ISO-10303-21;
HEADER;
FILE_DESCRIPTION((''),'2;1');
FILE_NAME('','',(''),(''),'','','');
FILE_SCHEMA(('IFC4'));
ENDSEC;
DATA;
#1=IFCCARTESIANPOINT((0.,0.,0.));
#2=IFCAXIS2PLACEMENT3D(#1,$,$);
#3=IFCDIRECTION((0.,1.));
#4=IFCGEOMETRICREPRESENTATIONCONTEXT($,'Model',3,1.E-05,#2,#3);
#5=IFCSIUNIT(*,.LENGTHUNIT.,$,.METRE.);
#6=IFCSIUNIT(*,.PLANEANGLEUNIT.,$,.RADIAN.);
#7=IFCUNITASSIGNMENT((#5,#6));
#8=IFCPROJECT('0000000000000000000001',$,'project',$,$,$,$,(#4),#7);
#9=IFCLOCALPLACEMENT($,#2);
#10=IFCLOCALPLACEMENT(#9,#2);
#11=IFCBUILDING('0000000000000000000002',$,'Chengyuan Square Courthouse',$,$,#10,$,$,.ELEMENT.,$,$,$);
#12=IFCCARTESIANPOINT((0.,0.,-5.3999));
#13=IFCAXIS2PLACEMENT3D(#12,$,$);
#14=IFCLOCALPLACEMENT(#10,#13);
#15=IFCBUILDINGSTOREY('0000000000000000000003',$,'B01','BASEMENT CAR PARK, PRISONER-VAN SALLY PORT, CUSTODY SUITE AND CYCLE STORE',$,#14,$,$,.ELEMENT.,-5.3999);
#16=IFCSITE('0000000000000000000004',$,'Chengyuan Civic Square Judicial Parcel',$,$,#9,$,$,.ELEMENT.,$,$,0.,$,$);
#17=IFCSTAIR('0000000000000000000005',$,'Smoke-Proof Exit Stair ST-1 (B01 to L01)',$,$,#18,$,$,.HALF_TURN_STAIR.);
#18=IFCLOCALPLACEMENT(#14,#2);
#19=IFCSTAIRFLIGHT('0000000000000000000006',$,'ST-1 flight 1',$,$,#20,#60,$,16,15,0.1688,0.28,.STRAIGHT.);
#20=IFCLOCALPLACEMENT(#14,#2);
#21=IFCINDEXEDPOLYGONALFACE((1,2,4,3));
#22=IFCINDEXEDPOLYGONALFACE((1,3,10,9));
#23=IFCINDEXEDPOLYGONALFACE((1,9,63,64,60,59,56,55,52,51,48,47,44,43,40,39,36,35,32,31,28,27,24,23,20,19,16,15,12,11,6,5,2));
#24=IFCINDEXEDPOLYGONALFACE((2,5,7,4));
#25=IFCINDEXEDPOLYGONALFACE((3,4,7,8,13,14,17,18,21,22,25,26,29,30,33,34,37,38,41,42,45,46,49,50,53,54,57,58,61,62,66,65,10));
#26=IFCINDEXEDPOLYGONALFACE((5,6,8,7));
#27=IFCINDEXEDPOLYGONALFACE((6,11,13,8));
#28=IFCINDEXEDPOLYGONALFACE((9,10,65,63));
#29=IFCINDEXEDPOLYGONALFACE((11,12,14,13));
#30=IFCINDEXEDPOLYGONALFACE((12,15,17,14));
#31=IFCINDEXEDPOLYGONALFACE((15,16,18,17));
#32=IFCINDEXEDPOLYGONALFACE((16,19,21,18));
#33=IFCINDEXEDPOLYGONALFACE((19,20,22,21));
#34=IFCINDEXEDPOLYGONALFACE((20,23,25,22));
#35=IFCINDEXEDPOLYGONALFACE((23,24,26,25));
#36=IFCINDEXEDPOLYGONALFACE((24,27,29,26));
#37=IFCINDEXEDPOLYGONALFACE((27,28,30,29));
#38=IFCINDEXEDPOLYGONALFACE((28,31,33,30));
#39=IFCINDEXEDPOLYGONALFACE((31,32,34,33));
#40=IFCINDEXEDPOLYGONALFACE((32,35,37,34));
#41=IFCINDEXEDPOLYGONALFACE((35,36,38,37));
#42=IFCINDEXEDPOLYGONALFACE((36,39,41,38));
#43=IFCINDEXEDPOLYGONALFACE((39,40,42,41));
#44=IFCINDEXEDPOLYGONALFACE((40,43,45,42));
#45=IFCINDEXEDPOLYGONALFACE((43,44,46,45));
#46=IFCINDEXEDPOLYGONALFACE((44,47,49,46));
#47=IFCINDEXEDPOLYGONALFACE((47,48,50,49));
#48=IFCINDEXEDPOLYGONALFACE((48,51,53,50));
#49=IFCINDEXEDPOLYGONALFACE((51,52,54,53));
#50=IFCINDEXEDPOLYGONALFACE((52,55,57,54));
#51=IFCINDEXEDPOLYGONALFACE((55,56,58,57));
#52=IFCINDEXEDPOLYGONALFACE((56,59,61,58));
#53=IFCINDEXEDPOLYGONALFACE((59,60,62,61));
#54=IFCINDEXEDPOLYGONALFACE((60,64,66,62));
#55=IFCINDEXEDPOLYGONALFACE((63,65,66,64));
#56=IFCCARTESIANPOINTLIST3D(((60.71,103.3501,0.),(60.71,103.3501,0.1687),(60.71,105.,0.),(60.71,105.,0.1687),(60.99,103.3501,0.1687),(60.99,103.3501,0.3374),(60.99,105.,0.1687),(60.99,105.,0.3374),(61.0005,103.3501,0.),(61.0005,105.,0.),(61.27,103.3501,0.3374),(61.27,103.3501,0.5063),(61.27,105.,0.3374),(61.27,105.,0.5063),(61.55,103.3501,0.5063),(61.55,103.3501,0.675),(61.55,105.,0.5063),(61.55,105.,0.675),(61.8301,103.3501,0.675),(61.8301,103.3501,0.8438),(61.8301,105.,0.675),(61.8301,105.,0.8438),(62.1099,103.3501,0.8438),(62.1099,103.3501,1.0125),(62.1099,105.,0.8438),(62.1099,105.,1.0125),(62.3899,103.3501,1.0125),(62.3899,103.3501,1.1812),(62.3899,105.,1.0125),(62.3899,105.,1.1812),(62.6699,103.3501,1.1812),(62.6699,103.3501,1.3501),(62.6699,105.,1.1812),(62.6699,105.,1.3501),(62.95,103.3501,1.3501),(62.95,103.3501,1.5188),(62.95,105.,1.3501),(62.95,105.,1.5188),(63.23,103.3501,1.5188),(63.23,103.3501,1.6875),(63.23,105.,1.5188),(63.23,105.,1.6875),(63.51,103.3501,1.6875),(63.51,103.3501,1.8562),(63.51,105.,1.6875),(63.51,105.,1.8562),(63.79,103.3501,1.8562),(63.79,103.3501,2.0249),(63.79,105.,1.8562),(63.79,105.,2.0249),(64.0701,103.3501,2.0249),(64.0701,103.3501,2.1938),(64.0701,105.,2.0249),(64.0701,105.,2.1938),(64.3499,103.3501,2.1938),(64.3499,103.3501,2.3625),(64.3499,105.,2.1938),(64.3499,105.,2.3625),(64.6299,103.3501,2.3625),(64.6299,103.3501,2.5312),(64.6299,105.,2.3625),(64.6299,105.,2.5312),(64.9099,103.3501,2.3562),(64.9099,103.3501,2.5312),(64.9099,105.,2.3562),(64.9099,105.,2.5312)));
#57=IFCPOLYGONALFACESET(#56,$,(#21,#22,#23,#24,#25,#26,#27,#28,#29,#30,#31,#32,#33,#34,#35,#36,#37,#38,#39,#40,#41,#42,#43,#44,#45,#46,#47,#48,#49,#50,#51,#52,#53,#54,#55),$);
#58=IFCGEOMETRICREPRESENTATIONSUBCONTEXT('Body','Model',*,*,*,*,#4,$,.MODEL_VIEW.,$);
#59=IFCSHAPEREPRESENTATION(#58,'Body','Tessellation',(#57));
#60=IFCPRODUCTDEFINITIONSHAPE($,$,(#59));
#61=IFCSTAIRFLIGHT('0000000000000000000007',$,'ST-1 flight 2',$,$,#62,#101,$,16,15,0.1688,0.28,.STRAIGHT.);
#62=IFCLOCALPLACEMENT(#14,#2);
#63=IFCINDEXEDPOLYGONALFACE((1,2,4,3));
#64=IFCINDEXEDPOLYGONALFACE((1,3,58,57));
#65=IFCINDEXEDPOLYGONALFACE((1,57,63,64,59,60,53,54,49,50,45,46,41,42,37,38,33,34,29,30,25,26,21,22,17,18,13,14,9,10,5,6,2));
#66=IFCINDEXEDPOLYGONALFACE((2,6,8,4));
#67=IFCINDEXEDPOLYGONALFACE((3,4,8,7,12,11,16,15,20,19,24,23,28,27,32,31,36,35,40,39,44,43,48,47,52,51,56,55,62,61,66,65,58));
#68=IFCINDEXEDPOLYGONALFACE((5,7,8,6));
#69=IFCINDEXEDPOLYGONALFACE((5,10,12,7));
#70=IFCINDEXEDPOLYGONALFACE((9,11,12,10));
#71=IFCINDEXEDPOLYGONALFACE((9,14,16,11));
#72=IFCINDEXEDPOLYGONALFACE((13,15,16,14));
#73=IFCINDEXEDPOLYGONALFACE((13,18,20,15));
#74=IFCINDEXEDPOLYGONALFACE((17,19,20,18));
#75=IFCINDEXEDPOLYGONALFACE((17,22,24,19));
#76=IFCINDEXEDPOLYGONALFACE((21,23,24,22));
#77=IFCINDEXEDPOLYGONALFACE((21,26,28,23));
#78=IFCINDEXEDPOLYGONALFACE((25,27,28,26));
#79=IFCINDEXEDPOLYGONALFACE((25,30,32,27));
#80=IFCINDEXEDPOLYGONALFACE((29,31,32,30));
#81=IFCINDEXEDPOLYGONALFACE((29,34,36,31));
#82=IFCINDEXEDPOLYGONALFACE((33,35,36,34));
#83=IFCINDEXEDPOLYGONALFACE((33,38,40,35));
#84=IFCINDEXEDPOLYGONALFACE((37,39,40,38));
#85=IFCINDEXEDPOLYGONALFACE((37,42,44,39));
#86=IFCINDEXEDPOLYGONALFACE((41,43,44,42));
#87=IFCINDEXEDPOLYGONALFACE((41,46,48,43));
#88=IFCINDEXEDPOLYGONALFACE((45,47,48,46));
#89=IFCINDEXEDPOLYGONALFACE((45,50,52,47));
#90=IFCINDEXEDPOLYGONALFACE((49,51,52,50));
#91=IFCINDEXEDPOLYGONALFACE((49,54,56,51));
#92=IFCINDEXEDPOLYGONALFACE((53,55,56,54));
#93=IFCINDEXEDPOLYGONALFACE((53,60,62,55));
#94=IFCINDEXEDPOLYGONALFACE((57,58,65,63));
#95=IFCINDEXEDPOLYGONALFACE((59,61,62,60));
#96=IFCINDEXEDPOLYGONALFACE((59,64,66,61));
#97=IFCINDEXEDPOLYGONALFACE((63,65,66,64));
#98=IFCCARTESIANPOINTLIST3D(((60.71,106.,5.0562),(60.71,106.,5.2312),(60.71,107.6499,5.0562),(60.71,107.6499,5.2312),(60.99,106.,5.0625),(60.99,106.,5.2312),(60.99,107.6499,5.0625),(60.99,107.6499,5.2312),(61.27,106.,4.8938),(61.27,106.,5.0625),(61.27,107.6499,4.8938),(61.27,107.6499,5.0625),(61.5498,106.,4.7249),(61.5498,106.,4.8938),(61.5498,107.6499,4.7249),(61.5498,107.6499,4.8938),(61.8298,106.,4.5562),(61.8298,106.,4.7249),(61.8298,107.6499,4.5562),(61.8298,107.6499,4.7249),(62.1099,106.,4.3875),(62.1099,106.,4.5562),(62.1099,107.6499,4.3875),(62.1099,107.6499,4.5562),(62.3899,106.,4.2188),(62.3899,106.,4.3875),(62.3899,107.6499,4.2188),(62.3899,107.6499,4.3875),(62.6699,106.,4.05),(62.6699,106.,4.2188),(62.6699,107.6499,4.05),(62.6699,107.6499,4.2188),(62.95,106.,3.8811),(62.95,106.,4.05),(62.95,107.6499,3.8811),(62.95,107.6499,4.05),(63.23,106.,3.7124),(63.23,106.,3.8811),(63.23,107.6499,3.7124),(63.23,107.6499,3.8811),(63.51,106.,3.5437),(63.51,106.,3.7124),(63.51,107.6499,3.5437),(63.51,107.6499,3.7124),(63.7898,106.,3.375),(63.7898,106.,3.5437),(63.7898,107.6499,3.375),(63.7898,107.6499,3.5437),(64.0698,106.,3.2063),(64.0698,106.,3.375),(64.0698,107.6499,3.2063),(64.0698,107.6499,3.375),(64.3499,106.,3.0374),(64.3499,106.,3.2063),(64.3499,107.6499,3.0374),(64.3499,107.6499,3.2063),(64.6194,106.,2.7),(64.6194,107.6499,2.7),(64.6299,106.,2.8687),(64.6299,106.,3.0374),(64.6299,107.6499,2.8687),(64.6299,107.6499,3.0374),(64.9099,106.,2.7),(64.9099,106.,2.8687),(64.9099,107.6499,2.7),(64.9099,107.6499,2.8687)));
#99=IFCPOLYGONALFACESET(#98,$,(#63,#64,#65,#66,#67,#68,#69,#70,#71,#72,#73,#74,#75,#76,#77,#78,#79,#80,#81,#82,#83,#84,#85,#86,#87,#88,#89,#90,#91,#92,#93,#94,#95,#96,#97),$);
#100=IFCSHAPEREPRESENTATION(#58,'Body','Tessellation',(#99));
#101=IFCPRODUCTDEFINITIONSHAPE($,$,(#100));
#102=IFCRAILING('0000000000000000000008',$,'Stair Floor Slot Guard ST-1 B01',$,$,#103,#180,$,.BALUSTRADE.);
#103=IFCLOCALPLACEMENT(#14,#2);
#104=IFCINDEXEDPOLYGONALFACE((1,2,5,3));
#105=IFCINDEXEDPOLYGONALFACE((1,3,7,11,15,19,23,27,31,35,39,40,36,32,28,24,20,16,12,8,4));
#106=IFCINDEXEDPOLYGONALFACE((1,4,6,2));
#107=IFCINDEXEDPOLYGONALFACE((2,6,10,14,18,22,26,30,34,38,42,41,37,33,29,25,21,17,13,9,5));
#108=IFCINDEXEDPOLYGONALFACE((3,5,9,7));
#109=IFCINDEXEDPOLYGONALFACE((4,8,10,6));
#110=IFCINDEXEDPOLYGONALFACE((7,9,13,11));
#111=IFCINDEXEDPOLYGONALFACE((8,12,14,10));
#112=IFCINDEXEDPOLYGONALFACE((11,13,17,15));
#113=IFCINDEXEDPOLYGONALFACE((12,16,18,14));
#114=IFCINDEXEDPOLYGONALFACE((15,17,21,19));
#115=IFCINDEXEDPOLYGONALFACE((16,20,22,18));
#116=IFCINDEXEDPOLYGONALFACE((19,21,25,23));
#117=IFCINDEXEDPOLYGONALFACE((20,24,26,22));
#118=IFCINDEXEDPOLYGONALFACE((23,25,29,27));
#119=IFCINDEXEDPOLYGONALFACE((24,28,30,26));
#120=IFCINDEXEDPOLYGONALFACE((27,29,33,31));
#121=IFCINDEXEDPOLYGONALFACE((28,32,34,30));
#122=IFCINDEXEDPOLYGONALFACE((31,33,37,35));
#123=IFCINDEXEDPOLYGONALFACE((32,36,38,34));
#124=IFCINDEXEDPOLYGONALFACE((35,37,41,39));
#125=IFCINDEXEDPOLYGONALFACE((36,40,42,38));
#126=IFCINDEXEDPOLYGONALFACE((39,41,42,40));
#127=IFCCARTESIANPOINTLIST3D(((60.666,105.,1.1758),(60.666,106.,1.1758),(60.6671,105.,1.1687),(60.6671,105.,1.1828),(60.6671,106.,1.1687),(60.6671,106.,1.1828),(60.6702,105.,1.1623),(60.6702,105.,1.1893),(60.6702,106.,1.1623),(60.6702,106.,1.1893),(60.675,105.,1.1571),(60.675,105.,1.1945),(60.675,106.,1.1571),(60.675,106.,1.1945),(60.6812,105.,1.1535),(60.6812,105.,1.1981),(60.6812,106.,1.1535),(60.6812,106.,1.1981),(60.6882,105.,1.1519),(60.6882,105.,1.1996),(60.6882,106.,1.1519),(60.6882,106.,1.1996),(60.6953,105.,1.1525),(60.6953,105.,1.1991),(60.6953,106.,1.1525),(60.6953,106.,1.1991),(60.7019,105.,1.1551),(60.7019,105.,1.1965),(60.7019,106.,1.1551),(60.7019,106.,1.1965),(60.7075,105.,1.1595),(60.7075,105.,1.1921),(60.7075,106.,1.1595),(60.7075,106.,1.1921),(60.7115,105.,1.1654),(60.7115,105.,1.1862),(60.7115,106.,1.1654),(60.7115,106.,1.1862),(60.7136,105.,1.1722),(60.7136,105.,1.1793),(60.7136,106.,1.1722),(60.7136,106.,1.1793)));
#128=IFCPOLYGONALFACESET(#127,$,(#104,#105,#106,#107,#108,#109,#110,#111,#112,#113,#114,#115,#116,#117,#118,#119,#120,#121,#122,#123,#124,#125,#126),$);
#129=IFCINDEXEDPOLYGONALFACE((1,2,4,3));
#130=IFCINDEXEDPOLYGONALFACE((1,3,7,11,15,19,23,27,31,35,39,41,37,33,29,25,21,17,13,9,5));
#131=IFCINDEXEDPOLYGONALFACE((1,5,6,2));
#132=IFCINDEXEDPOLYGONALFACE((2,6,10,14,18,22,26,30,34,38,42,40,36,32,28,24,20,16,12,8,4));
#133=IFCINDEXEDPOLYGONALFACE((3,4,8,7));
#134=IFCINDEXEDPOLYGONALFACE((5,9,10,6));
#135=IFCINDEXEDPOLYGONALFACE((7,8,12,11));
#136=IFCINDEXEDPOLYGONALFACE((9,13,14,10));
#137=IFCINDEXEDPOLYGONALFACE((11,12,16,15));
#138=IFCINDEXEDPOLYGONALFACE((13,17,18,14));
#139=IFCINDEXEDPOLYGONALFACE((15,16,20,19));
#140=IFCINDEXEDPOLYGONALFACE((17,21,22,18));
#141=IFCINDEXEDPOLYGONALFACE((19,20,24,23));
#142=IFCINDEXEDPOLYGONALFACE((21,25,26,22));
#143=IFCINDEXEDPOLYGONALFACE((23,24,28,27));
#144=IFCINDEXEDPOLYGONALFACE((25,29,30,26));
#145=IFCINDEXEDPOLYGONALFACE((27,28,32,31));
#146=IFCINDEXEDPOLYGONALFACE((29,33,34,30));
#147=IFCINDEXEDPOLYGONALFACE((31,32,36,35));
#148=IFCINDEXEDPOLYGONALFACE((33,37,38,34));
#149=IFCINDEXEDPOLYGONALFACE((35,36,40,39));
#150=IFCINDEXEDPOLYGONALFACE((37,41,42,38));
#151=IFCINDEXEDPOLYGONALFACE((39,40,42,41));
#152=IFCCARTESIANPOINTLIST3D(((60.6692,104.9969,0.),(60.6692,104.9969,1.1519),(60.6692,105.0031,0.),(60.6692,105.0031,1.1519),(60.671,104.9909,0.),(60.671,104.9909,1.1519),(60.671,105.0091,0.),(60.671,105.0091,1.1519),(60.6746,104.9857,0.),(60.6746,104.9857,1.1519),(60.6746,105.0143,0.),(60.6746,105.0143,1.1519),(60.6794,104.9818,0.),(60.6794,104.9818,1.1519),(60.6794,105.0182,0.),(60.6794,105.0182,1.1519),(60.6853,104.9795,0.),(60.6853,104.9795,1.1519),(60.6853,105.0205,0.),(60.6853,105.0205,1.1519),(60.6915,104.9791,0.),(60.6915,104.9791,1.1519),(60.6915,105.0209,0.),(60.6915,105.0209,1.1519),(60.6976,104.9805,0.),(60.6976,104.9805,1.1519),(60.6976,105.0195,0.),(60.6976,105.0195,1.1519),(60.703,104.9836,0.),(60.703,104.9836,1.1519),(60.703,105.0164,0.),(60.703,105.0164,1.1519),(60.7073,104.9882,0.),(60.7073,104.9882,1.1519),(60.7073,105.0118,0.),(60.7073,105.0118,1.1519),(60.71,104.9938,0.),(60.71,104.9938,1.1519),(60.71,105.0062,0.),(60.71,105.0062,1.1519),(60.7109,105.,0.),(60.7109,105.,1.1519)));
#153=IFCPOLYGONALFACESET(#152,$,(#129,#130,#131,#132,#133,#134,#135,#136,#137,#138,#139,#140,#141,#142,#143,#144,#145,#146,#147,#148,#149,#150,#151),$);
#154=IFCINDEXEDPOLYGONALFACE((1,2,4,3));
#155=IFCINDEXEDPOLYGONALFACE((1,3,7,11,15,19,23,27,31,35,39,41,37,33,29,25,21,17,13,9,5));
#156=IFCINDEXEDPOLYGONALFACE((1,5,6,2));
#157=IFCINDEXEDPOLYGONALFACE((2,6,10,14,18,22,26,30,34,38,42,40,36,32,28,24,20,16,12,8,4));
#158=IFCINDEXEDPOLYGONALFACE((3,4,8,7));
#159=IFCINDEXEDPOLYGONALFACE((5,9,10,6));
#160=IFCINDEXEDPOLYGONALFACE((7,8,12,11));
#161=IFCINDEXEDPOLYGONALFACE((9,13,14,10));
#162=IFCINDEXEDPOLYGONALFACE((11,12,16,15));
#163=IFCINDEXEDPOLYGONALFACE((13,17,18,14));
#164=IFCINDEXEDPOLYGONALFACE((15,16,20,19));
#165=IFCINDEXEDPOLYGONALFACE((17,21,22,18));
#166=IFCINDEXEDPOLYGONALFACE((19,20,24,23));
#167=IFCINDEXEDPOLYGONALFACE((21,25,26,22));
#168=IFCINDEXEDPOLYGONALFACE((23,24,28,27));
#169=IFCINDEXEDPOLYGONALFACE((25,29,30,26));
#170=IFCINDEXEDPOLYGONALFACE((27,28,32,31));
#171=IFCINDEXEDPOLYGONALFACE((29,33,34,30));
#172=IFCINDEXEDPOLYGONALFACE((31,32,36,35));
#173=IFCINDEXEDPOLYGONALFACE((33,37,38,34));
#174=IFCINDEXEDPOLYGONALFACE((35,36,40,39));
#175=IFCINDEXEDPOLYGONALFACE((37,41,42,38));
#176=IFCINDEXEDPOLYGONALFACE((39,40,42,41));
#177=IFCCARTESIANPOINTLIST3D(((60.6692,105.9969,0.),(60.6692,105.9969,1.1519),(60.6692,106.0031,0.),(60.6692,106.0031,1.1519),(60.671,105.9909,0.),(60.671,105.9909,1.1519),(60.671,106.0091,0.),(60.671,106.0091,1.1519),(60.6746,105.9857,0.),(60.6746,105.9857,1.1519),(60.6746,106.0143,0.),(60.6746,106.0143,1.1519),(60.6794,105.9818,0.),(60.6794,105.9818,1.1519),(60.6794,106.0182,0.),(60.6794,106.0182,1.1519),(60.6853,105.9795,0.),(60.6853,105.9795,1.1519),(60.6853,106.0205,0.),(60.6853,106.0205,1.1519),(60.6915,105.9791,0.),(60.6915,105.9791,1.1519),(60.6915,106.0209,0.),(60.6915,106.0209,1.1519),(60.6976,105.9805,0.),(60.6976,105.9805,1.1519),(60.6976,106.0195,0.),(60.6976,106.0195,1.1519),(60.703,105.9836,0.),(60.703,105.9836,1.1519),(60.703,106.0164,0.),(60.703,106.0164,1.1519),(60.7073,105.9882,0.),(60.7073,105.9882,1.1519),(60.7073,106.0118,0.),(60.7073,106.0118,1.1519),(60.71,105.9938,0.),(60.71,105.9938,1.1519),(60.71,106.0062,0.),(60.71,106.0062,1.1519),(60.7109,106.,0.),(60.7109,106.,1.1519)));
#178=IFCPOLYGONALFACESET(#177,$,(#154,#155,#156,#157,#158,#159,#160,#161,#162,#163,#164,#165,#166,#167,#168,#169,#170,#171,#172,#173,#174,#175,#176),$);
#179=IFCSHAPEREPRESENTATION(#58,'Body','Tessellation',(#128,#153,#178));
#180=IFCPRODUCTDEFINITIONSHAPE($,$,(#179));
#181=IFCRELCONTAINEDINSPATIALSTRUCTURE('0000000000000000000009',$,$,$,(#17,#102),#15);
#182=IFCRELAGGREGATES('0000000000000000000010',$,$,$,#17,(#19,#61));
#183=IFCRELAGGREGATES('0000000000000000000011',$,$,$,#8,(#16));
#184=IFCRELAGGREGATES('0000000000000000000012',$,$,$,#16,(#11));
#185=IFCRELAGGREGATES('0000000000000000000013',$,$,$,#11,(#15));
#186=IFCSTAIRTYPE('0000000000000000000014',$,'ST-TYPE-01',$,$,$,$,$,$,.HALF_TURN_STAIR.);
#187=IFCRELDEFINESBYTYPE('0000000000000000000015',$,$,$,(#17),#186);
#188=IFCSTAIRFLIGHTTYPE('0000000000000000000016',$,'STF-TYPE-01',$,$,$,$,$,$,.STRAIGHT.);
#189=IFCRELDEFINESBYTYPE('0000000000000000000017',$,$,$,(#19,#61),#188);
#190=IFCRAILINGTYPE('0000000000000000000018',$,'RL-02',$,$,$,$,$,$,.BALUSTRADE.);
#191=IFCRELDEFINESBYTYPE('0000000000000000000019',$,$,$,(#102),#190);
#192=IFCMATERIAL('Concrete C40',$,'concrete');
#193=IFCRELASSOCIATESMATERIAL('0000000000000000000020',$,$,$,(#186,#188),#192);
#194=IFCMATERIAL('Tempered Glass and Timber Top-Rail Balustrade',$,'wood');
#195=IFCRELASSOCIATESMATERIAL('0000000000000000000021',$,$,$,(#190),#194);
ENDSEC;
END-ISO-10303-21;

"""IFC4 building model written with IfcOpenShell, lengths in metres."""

from ifc_helpers import new_model, si_unit, direction, frame, origin, origin_2d, place, context, subcontext, project, spatial, polyline, circle, outline, extrude, material, type_object, element, aggregate, save


model = new_model("IFC4")

# Units and contexts
model_context = context("Model", 3, precision=1e-05, world=origin(), true_north=direction((0.0, 1.0)))
body_context = subcontext(model_context, "Body", "Model", "MODEL_VIEW")
ifc_project = project(units=[si_unit("LENGTHUNIT", "METRE"), si_unit("PLANEANGLEUNIT", "RADIAN")], contexts=[model_context])

# Site, building, storey
site_placement = place(None, origin())
site = spatial("IfcSite", under=ifc_project, at=site_placement, Name="Chengyuan Civic Square Judicial Parcel", CompositionType="ELEMENT", RefElevation=0.0)
building_placement = place(site_placement, origin())
building = spatial("IfcBuilding", under=site, at=building_placement, Name="Chengyuan Square Courthouse", CompositionType="ELEMENT")
storey_placement = place(building_placement, frame((0.0, 0.0, -5.3999)))
storey = spatial("IfcBuildingStorey", under=building, at=storey_placement, Name="B01", Description="BASEMENT CAR PARK, PRISONER-VAN SALLY PORT, CUSTODY SUITE AND CYCLE STORE", CompositionType="ELEMENT", Elevation=-5.3999)

# Shared definitions
ifc_material_1 = material(Name="Concrete C40", Category="concrete")

# Stair, stair flights
stair_type = type_object("IfcStairType", Name="ST-TYPE-01", PredefinedType="HALF_TURN_STAIR", material=ifc_material_1)
stair_placement = place(storey_placement, origin())
stair = element("IfcStair", 1, at=stair_placement, inside=storey, type_object=stair_type, Name="Smoke-Proof Exit Stair ST-1 (B01 to L01)", PredefinedType="HALF_TURN_STAIR")
stair_flight_type = type_object("IfcStairFlightType", Name="STF-TYPE-01", PredefinedType="STRAIGHT", material=ifc_material_1)
stair_flight_1_placement = place(storey_placement, frame((60.71, 104.175, 0.0), z_axis=(0.0, 0.0, 1.0), x_axis=(1.0, 0.0, 0.0)))
stair_flight_1 = element("IfcStairFlight", 2, at=stair_flight_1_placement, type_object=stair_flight_type, Name="ST-1 flight 1", NumberOfRisers=16, NumberOfTreads=15, PredefinedType="STRAIGHT", RiserHeight=0.1688, TreadLength=0.28, context=body_context, shape_type="SweptSolid", body=[
    extrude(outline(polyline([(0.0, 0.0), (0.0, 0.1687), (0.28, 0.1687), (0.28, 0.3374), (0.5601, 0.3374), (0.5601, 0.5063), (0.8401, 0.5063), (0.8401, 0.675), (1.1201, 0.675), (1.1201, 0.8438), (1.3999, 0.8438), (1.3999, 1.0125), (1.6799, 1.0125), (1.6799, 1.1812), (1.96, 1.1812), (1.96, 1.3501), (2.24, 1.3501), (2.24, 1.5188), (2.52, 1.5188), (2.52, 1.6875), (2.8, 1.6875), (2.8, 1.8562), (3.0801, 1.8562), (3.0801, 2.0249), (3.3601, 2.0249), (3.3601, 2.1938), (3.6399, 2.1938), (3.6399, 2.3625), (3.9199, 2.3625), (3.9199, 2.5312), (4.2, 2.5312), (4.2, 2.7), (4.2, 2.3562), (0.2905, 0.0), (0.0, 0.0)])), frame((0.0, 0.825, 0.0), z_axis=(0.0, -1.0, 0.0), x_axis=(1.0, 0.0, 0.0)), (0.0, 0.0, 1.0), 1.6499),
])
stair_flight_2_placement = place(storey_placement, frame((64.9099, 106.825, 2.7), z_axis=(0.0, 0.0, 1.0), x_axis=(-1.0, 0.0, 0.0)))
stair_flight_2 = element("IfcStairFlight", 3, at=stair_flight_2_placement, type_object=stair_flight_type, Name="ST-1 flight 2", NumberOfRisers=16, NumberOfTreads=15, PredefinedType="STRAIGHT", RiserHeight=0.1688, TreadLength=0.28, context=body_context, shape_type="SweptSolid", body=[
    extrude(outline(polyline([(0.0, 0.0), (0.0, 0.1687), (0.28, 0.1687), (0.28, 0.3374), (0.5601, 0.3374), (0.5601, 0.5063), (0.8401, 0.5063), (0.8401, 0.675), (1.1201, 0.675), (1.1201, 0.8438), (1.3999, 0.8438), (1.3999, 1.0125), (1.6799, 1.0125), (1.6799, 1.1812), (1.96, 1.1812), (1.96, 1.3501), (2.24, 1.3501), (2.24, 1.5188), (2.52, 1.5188), (2.52, 1.6875), (2.8, 1.6875), (2.8, 1.8562), (3.0801, 1.8562), (3.0801, 2.0249), (3.3601, 2.0249), (3.3601, 2.1938), (3.6399, 2.1938), (3.6399, 2.3625), (3.9199, 2.3625), (3.9199, 2.5312), (4.2, 2.5312), (4.2, 2.7), (4.2, 2.3562), (0.2905, 0.0), (0.0, 0.0)])), frame((0.0, 0.825, 0.0), z_axis=(0.0, -1.0, 0.0), x_axis=(1.0, 0.0, 0.0)), (0.0, 0.0, 1.0), 1.6499),
])
aggregate(stair, [stair_flight_1, stair_flight_2])

# Railing
ifc_material_2 = material(Name="Tempered Glass and Timber Top-Rail Balustrade", Category="wood")
railing_type_1 = type_object("IfcRailingType", Name="RL-02", PredefinedType="BALUSTRADE", material=ifc_material_2)
for number, where, name in (
    (4, (60.6899, 105.0, 0.0), "Stair Floor Slot Guard ST-1 B01"),
):
    element("IfcRailing", number, at=place(storey_placement, frame(where)), inside=storey, type_object=railing_type_1, Name=name, PredefinedType="BALUSTRADE", context=body_context, shape_type="SweptSolid", body=[
        extrude(circle(Radius=0.0239, at=origin_2d()), frame((0.0, 0.0, 1.1758), z_axis=(0.0, 1.0, 0.0), x_axis=(-1.0, 0.0, 0.0)), (0.0, 0.0, 1.0), 1.0),
        extrude(circle(Radius=0.021, at=origin_2d()), origin(), (0.0, 0.0, 1.0), 1.1519),
        extrude(circle(Radius=0.021, at=origin_2d()), frame((0.0, 1.0, 0.0)), (0.0, 0.0, 1.0), 1.1519),
    ])

save(model, "model.ifc")
